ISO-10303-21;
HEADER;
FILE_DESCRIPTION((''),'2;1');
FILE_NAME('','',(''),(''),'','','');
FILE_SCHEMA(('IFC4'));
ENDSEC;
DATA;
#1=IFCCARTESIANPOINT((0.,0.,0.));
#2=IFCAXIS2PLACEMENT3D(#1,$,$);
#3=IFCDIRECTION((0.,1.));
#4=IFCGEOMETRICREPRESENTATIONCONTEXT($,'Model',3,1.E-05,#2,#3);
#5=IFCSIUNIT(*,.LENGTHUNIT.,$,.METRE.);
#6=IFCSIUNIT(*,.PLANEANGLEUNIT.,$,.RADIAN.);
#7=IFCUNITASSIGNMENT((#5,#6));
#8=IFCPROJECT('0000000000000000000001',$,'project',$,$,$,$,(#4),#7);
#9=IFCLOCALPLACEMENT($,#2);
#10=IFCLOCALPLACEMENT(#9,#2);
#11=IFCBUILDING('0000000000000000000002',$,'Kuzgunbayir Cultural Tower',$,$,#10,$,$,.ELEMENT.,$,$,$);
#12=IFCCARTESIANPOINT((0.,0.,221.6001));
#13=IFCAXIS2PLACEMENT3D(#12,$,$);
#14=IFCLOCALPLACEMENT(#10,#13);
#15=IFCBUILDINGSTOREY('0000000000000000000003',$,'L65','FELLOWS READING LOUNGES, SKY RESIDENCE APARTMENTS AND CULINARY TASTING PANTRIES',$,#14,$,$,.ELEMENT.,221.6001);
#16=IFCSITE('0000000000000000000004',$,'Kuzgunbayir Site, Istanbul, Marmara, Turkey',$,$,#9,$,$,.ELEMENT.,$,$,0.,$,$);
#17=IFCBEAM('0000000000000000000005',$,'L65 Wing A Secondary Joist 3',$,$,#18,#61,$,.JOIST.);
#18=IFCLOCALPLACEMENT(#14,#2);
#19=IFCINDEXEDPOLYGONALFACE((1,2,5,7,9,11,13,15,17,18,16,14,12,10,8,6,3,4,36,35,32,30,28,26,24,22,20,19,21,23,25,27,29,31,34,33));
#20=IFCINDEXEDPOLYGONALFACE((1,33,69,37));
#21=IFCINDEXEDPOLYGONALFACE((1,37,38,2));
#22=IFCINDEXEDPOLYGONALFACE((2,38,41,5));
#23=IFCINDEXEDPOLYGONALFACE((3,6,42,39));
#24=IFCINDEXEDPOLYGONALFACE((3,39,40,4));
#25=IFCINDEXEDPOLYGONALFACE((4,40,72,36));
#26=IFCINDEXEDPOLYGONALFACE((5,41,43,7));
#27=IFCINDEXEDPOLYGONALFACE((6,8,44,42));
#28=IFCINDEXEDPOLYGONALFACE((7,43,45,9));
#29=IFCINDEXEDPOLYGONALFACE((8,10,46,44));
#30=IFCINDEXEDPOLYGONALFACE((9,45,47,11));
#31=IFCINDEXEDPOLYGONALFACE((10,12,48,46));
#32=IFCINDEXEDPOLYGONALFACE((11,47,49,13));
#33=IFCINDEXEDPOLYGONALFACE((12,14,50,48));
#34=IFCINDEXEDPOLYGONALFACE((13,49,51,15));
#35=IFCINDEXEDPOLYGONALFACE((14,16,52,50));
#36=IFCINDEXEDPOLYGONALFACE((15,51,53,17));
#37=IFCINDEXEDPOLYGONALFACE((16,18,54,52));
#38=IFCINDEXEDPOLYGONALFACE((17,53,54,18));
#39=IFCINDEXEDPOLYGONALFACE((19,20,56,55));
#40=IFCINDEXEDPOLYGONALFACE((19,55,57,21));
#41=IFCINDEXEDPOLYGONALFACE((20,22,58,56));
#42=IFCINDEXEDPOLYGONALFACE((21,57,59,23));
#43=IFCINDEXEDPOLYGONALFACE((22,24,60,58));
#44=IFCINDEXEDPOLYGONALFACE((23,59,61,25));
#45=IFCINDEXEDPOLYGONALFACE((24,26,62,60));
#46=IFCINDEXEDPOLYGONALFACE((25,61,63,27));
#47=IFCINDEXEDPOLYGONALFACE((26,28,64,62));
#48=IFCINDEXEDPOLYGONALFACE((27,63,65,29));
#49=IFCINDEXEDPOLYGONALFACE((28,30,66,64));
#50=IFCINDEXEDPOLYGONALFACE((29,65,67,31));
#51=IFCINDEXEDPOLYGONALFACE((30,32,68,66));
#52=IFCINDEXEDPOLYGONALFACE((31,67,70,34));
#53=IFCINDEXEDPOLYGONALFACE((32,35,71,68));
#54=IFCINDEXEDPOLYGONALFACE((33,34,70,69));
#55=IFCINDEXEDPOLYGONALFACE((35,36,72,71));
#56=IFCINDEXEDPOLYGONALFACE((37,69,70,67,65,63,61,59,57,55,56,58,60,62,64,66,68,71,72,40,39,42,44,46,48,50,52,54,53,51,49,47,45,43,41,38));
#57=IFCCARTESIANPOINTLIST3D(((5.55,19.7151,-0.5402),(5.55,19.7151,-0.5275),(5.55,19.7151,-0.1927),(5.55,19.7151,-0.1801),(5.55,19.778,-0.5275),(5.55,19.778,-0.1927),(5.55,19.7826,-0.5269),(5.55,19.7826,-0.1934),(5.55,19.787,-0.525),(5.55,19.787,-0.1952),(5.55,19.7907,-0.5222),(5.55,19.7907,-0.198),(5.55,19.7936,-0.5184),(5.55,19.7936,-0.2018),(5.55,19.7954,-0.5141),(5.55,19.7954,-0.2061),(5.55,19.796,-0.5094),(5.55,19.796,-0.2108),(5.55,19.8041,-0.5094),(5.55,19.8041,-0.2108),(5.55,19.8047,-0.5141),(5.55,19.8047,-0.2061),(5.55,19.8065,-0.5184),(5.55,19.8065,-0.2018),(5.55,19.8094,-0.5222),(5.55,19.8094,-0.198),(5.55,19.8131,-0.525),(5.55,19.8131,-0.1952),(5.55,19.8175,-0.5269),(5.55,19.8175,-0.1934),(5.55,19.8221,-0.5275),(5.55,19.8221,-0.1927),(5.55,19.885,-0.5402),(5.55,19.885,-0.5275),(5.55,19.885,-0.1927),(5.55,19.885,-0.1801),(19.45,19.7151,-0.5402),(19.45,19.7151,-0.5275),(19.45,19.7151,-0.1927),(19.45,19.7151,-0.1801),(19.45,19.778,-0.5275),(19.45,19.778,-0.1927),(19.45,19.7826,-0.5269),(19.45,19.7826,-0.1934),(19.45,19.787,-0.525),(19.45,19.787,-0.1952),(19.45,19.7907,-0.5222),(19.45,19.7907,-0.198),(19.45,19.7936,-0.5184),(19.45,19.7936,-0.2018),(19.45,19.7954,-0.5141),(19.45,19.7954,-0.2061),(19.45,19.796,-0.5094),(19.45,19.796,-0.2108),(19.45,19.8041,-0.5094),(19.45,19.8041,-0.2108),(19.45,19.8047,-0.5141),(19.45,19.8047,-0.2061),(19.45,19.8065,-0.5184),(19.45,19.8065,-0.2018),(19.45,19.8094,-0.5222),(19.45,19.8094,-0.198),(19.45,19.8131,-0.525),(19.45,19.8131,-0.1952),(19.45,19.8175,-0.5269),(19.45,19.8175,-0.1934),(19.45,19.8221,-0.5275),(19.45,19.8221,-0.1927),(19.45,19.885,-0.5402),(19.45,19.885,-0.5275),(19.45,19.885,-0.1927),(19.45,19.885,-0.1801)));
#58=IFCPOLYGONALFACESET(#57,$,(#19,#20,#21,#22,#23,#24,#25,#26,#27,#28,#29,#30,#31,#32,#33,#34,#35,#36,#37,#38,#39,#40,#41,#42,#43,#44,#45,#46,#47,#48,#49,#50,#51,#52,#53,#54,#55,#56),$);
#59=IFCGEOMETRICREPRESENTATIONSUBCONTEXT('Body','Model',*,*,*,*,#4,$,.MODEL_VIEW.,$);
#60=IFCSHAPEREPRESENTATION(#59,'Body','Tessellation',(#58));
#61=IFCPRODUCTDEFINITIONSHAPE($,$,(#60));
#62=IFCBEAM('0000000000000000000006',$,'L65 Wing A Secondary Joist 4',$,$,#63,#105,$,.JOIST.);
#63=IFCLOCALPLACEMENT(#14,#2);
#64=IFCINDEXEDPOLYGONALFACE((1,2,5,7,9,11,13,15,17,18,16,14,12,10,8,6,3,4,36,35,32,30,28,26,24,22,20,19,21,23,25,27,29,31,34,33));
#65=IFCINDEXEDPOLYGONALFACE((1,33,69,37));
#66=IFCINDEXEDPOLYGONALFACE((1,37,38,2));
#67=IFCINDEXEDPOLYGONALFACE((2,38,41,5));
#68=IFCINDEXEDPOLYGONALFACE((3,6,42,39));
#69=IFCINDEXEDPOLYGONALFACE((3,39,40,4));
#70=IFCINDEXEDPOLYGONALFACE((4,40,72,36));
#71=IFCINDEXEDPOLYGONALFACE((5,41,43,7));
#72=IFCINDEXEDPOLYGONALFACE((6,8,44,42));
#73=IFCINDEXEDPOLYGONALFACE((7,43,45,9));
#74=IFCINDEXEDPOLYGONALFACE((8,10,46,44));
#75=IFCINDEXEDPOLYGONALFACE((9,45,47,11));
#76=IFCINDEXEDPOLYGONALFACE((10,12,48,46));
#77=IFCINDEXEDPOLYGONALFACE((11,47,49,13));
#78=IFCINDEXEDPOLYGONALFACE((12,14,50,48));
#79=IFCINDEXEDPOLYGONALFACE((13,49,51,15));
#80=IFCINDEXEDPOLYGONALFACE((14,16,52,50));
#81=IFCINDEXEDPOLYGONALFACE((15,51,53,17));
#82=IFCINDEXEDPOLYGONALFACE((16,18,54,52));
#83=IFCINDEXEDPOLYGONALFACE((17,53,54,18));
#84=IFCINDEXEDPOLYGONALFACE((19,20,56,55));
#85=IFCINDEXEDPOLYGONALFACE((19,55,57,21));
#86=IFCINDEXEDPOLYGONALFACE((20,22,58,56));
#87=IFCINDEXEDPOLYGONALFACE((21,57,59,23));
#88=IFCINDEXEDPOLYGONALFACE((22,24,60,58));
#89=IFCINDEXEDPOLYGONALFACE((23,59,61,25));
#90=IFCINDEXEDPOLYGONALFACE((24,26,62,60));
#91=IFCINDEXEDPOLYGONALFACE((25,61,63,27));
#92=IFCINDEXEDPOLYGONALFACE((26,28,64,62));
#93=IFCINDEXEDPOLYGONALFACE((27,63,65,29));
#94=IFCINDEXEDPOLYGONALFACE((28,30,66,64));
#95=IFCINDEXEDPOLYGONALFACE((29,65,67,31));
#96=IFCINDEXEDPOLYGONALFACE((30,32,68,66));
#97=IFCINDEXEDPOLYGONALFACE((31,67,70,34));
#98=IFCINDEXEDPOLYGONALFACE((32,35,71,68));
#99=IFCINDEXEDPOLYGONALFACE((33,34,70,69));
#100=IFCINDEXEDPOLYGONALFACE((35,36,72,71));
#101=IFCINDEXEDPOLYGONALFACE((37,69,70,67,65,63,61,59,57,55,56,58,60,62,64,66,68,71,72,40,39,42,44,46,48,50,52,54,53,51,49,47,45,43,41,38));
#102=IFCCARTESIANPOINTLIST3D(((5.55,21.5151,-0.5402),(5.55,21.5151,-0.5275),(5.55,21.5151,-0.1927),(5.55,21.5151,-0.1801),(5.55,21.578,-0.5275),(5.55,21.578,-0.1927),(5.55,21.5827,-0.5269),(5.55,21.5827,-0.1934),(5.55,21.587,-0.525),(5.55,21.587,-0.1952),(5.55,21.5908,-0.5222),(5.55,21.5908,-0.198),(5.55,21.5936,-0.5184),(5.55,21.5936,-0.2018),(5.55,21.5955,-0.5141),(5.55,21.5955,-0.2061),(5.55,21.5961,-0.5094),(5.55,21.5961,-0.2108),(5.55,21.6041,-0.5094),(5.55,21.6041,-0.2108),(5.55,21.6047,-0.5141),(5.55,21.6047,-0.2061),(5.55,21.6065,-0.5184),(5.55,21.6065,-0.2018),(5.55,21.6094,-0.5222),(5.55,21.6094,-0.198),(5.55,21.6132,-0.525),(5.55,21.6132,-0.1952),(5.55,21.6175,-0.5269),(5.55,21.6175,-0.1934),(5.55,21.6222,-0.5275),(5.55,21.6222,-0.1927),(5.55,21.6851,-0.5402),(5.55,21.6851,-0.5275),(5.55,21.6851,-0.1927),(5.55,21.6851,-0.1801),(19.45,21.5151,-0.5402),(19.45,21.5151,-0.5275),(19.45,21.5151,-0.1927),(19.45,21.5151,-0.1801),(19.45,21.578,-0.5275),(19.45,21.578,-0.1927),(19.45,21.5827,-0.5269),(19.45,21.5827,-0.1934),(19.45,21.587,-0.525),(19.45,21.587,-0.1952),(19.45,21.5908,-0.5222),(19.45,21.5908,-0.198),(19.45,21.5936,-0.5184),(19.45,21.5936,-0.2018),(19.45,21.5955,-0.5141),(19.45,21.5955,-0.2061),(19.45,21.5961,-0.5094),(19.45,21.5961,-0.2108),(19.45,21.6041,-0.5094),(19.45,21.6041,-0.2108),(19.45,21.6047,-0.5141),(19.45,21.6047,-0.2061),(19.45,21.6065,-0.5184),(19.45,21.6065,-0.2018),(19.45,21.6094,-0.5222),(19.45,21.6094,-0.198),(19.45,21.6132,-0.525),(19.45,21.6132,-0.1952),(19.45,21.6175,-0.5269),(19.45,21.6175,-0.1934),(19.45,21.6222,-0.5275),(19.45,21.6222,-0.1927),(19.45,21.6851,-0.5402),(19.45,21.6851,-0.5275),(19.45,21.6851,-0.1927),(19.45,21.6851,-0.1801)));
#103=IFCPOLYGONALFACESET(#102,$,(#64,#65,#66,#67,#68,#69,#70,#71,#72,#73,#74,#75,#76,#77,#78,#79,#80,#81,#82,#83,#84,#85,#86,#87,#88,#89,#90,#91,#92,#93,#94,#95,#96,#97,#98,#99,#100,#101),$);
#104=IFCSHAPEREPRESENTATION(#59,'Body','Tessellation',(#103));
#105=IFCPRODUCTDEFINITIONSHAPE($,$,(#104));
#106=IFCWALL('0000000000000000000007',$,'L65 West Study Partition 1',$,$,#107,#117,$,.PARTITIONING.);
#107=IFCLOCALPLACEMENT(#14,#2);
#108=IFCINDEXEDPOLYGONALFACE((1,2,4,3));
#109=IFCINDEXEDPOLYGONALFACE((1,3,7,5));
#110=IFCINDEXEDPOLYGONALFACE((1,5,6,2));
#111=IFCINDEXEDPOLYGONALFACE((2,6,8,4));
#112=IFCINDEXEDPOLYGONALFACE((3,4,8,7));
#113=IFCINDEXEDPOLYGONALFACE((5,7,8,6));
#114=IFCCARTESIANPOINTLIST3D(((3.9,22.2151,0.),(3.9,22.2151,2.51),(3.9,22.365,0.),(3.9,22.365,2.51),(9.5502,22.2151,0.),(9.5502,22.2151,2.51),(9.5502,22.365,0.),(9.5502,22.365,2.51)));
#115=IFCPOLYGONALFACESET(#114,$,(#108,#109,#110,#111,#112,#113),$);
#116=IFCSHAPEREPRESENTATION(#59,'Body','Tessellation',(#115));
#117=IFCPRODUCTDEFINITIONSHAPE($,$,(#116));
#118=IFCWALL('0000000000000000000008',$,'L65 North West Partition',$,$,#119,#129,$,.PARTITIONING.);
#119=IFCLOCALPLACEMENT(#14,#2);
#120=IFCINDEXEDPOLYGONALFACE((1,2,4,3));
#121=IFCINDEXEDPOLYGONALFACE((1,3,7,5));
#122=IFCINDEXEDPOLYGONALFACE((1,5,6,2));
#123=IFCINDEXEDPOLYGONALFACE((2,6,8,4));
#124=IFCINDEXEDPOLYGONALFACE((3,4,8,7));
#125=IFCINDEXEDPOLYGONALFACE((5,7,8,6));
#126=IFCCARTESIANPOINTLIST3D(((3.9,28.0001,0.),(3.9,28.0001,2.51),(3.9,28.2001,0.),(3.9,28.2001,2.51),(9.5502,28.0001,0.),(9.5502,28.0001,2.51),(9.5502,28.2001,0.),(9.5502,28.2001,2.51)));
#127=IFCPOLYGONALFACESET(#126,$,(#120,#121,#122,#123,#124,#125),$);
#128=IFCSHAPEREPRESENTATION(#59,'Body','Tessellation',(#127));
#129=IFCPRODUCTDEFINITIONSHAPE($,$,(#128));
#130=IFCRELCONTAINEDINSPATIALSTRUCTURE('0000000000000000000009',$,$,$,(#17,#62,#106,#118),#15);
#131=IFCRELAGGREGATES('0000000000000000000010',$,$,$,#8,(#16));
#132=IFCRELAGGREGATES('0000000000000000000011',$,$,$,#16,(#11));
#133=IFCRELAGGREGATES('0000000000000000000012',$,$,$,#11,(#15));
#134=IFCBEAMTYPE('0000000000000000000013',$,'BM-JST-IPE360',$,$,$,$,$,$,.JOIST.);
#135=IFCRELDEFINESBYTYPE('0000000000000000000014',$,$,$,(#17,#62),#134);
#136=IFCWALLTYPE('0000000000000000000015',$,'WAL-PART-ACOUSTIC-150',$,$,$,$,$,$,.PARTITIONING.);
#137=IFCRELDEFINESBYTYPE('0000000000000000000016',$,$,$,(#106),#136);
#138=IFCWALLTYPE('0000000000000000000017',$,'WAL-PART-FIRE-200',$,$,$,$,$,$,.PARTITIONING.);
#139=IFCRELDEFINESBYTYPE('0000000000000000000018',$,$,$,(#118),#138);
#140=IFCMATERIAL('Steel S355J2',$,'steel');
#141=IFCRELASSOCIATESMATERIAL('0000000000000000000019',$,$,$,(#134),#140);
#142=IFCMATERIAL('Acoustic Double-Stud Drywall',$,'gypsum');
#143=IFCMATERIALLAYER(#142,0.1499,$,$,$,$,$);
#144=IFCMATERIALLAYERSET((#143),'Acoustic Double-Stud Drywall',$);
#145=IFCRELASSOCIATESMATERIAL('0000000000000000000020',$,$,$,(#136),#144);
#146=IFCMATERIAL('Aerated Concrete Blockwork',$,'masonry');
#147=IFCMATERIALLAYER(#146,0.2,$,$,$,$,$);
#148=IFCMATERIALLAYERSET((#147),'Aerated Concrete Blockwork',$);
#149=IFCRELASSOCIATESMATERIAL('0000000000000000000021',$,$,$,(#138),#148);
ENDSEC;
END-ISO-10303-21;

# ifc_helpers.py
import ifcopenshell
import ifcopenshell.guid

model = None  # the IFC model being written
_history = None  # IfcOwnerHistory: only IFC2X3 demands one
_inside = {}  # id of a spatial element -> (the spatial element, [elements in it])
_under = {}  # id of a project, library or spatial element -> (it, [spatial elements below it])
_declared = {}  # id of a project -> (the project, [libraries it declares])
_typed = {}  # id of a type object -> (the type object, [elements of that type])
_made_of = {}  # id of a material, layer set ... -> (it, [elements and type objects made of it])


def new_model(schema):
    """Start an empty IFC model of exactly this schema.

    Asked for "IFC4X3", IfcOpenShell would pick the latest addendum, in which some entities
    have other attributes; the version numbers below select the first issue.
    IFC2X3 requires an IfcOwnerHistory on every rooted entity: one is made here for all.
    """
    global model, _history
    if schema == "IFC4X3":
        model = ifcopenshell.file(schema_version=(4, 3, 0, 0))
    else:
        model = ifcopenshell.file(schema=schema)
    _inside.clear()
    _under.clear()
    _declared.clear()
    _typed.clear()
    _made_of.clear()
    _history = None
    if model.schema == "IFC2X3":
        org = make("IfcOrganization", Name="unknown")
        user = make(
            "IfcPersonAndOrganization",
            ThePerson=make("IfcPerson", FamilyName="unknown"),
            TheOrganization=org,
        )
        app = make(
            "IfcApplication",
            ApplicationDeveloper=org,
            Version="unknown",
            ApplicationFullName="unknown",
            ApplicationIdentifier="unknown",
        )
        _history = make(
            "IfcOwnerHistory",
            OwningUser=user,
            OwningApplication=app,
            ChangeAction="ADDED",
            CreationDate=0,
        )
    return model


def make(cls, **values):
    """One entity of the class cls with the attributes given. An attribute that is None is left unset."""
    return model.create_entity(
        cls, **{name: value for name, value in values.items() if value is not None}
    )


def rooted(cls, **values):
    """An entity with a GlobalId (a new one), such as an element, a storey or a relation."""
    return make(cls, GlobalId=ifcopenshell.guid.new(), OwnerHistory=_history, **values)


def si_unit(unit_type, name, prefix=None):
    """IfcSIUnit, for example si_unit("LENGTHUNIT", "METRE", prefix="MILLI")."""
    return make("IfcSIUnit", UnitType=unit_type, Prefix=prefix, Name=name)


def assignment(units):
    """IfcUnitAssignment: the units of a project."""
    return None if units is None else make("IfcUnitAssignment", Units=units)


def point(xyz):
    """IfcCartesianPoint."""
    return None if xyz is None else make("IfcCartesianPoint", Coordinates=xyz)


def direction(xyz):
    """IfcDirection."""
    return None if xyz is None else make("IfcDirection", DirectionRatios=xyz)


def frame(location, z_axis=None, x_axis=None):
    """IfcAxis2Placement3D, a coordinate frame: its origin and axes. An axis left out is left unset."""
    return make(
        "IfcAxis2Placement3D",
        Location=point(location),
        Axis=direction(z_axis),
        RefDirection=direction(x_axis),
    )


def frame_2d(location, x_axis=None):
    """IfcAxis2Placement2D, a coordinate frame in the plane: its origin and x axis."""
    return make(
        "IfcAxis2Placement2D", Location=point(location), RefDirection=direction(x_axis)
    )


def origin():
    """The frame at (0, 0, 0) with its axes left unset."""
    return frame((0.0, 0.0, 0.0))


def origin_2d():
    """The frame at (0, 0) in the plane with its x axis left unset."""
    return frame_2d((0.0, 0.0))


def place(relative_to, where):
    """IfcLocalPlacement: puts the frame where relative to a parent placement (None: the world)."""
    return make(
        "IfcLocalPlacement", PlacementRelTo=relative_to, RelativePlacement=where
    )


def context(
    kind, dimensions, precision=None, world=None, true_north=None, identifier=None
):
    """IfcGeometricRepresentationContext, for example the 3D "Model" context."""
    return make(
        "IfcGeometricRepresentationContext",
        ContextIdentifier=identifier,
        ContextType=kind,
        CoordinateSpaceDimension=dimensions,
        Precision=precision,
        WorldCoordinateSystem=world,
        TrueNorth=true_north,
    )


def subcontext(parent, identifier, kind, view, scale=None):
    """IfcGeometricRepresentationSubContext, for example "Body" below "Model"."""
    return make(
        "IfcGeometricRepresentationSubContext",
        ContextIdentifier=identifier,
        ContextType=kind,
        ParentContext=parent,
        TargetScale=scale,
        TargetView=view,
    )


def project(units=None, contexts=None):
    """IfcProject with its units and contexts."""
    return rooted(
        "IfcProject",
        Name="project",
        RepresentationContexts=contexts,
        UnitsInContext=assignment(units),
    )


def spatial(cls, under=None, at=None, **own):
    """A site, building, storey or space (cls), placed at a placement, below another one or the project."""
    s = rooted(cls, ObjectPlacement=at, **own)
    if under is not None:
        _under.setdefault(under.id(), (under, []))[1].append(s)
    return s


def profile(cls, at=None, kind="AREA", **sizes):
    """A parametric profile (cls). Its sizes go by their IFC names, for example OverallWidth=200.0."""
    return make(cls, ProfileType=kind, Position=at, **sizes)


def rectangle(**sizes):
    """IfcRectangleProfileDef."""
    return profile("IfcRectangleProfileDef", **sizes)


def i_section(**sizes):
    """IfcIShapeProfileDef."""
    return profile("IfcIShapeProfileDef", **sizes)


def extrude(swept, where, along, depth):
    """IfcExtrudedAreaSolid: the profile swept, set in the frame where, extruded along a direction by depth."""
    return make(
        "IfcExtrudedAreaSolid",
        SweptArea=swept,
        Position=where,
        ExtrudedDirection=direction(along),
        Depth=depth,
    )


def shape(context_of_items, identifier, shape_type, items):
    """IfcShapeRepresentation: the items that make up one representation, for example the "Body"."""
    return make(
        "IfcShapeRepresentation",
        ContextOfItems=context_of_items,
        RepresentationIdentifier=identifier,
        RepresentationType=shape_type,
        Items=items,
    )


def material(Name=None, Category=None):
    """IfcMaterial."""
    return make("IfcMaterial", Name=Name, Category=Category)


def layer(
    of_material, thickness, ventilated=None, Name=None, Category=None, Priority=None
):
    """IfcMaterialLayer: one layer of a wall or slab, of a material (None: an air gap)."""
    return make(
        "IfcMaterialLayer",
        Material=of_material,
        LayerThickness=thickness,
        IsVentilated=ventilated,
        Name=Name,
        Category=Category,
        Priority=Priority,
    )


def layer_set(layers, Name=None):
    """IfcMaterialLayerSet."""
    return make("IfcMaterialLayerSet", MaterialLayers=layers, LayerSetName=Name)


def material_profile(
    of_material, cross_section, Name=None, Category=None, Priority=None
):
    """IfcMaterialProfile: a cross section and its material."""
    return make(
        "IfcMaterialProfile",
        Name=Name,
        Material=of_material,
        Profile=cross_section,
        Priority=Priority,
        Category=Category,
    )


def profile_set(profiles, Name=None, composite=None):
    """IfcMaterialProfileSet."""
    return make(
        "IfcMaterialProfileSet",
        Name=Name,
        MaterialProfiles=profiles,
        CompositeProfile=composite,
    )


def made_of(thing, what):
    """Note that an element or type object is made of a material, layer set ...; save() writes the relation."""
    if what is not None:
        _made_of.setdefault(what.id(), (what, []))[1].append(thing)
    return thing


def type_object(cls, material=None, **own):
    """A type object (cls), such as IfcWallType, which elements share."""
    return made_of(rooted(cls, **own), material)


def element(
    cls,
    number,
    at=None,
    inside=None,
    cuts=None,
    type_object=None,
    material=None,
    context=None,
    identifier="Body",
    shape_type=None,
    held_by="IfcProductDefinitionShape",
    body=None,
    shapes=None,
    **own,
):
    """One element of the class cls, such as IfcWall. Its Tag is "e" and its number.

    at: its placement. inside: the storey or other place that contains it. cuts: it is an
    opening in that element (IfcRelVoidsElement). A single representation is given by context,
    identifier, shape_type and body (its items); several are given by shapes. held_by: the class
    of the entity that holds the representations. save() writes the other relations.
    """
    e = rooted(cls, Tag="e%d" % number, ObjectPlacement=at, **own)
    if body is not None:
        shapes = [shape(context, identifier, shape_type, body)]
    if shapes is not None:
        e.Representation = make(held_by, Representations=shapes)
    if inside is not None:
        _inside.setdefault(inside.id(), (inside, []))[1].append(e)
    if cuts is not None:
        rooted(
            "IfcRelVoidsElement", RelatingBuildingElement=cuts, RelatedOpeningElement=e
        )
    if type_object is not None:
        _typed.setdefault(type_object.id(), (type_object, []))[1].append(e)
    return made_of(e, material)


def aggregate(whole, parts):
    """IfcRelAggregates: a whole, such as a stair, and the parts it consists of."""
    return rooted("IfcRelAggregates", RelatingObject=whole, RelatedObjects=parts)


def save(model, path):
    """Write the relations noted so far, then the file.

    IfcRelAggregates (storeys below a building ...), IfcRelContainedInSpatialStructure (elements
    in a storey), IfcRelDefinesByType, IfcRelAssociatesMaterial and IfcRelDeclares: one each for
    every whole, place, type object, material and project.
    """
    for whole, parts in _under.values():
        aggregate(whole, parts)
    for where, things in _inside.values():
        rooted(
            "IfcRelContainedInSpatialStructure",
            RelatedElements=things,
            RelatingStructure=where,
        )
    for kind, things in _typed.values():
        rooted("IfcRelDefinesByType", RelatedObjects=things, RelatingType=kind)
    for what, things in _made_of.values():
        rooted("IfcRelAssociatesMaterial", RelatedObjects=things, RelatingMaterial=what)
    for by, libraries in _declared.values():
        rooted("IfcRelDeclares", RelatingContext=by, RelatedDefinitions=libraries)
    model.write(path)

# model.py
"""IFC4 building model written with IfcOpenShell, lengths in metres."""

from ifc_helpers import new_model, si_unit, direction, frame, frame_2d, origin, origin_2d, place, context, subcontext, project, spatial, rectangle, i_section, extrude, material, layer, layer_set, material_profile, profile_set, type_object, element, save


model = new_model("IFC4")

# Units and contexts
model_context = context("Model", 3, precision=1e-05, world=origin(), true_north=direction((0.0, 1.0)))
body_context = subcontext(model_context, "Body", "Model", "MODEL_VIEW")
ifc_project = project(units=[si_unit("LENGTHUNIT", "METRE"), si_unit("PLANEANGLEUNIT", "RADIAN")], contexts=[model_context])

# Site, building, storey
site_placement = place(None, origin())
site = spatial("IfcSite", under=ifc_project, at=site_placement, Name="Kuzgunbayir Site, Istanbul, Marmara, Turkey", CompositionType="ELEMENT", RefElevation=0.0)
building_placement = place(site_placement, origin())
building = spatial("IfcBuilding", under=site, at=building_placement, Name="Kuzgunbayir Cultural Tower", CompositionType="ELEMENT")
storey_placement = place(building_placement, frame((0.0, 0.0, 221.6001)))
storey = spatial("IfcBuildingStorey", under=building, at=storey_placement, Name="L65", Description="FELLOWS READING LOUNGES, SKY RESIDENCE APARTMENTS AND CULINARY TASTING PANTRIES", CompositionType="ELEMENT", Elevation=221.6001)

# Beams
ifc_material_1 = material(Name="Steel S355J2", Category="steel")
ifc_material_profile_1 = material_profile(ifc_material_1, i_section(OverallWidth=0.1699, OverallDepth=0.3601, WebThickness=0.0081, FlangeThickness=0.0127, FilletRadius=0.0181, at=origin_2d()), Name="IPE 360")
ifc_profile_set_1 = profile_set([ifc_material_profile_1], Name="Steel S355J2")
beam_type_1 = type_object("IfcBeamType", Name="BM-JST-IPE360", PredefinedType="JOIST", material=ifc_profile_set_1)
for number, where, z_axis, x_axis, name in (
    (1, (5.55, 19.8, -0.3601), (1.0, 0.0, 0.0), (0.0, 1.0, 0.0), "L65 Wing A Secondary Joist 3"),
    (2, (5.55, 21.6001, -0.3601), (1.0, 0.0, 0.0), (0.0, 1.0, 0.0), "L65 Wing A Secondary Joist 4"),
):
    element("IfcBeam", number, at=place(storey_placement, frame(where, z_axis=z_axis, x_axis=x_axis)), inside=storey, type_object=beam_type_1, Name=name, PredefinedType="JOIST", context=body_context, shape_type="SweptSolid", body=[
        extrude(i_section(OverallWidth=0.1699, OverallDepth=0.3601, WebThickness=0.0081, FlangeThickness=0.0127, FilletRadius=0.0181, at=origin_2d()), origin(), (0.0, 0.0, 1.0), 13.8999),
    ])

# Walls
ifc_material_2 = material(Name="Acoustic Double-Stud Drywall", Category="gypsum")
ifc_layer_1 = layer(ifc_material_2, 0.1499)
ifc_layer_set_1 = layer_set([ifc_layer_1], Name="Acoustic Double-Stud Drywall")
wall_type_1 = type_object("IfcWallType", Name="WAL-PART-ACOUSTIC-150", PredefinedType="PARTITIONING", material=ifc_layer_set_1)
wall_1_placement = place(storey_placement, frame((3.8999, 22.29, 0.0), z_axis=(0.0, 0.0, 1.0), x_axis=(1.0, 0.0, 0.0)))
element("IfcWall", 3, at=wall_1_placement, inside=storey, type_object=wall_type_1, Name="L65 West Study Partition 1", PredefinedType="PARTITIONING", context=body_context, shape_type="SweptSolid", body=[
    extrude(rectangle(XDim=5.6501, YDim=0.1499, at=frame_2d((2.8252, 0.0))), origin(), (0.0, 0.0, 1.0), 2.51),
])
ifc_material_3 = material(Name="Aerated Concrete Blockwork", Category="masonry")
ifc_layer_2 = layer(ifc_material_3, 0.2)
ifc_layer_set_2 = layer_set([ifc_layer_2], Name="Aerated Concrete Blockwork")
wall_type_2 = type_object("IfcWallType", Name="WAL-PART-FIRE-200", PredefinedType="PARTITIONING", material=ifc_layer_set_2)
wall_2_placement = place(storey_placement, frame((3.8999, 28.1001, 0.0), z_axis=(0.0, 0.0, 1.0), x_axis=(1.0, 0.0, 0.0)))
element("IfcWall", 4, at=wall_2_placement, inside=storey, type_object=wall_type_2, Name="L65 North West Partition", PredefinedType="PARTITIONING", context=body_context, shape_type="SweptSolid", body=[
    extrude(rectangle(XDim=5.6501, YDim=0.2, at=frame_2d((2.8252, 0.0))), origin(), (0.0, 0.0, 1.0), 2.51),
])

save(model, "model.ifc")
